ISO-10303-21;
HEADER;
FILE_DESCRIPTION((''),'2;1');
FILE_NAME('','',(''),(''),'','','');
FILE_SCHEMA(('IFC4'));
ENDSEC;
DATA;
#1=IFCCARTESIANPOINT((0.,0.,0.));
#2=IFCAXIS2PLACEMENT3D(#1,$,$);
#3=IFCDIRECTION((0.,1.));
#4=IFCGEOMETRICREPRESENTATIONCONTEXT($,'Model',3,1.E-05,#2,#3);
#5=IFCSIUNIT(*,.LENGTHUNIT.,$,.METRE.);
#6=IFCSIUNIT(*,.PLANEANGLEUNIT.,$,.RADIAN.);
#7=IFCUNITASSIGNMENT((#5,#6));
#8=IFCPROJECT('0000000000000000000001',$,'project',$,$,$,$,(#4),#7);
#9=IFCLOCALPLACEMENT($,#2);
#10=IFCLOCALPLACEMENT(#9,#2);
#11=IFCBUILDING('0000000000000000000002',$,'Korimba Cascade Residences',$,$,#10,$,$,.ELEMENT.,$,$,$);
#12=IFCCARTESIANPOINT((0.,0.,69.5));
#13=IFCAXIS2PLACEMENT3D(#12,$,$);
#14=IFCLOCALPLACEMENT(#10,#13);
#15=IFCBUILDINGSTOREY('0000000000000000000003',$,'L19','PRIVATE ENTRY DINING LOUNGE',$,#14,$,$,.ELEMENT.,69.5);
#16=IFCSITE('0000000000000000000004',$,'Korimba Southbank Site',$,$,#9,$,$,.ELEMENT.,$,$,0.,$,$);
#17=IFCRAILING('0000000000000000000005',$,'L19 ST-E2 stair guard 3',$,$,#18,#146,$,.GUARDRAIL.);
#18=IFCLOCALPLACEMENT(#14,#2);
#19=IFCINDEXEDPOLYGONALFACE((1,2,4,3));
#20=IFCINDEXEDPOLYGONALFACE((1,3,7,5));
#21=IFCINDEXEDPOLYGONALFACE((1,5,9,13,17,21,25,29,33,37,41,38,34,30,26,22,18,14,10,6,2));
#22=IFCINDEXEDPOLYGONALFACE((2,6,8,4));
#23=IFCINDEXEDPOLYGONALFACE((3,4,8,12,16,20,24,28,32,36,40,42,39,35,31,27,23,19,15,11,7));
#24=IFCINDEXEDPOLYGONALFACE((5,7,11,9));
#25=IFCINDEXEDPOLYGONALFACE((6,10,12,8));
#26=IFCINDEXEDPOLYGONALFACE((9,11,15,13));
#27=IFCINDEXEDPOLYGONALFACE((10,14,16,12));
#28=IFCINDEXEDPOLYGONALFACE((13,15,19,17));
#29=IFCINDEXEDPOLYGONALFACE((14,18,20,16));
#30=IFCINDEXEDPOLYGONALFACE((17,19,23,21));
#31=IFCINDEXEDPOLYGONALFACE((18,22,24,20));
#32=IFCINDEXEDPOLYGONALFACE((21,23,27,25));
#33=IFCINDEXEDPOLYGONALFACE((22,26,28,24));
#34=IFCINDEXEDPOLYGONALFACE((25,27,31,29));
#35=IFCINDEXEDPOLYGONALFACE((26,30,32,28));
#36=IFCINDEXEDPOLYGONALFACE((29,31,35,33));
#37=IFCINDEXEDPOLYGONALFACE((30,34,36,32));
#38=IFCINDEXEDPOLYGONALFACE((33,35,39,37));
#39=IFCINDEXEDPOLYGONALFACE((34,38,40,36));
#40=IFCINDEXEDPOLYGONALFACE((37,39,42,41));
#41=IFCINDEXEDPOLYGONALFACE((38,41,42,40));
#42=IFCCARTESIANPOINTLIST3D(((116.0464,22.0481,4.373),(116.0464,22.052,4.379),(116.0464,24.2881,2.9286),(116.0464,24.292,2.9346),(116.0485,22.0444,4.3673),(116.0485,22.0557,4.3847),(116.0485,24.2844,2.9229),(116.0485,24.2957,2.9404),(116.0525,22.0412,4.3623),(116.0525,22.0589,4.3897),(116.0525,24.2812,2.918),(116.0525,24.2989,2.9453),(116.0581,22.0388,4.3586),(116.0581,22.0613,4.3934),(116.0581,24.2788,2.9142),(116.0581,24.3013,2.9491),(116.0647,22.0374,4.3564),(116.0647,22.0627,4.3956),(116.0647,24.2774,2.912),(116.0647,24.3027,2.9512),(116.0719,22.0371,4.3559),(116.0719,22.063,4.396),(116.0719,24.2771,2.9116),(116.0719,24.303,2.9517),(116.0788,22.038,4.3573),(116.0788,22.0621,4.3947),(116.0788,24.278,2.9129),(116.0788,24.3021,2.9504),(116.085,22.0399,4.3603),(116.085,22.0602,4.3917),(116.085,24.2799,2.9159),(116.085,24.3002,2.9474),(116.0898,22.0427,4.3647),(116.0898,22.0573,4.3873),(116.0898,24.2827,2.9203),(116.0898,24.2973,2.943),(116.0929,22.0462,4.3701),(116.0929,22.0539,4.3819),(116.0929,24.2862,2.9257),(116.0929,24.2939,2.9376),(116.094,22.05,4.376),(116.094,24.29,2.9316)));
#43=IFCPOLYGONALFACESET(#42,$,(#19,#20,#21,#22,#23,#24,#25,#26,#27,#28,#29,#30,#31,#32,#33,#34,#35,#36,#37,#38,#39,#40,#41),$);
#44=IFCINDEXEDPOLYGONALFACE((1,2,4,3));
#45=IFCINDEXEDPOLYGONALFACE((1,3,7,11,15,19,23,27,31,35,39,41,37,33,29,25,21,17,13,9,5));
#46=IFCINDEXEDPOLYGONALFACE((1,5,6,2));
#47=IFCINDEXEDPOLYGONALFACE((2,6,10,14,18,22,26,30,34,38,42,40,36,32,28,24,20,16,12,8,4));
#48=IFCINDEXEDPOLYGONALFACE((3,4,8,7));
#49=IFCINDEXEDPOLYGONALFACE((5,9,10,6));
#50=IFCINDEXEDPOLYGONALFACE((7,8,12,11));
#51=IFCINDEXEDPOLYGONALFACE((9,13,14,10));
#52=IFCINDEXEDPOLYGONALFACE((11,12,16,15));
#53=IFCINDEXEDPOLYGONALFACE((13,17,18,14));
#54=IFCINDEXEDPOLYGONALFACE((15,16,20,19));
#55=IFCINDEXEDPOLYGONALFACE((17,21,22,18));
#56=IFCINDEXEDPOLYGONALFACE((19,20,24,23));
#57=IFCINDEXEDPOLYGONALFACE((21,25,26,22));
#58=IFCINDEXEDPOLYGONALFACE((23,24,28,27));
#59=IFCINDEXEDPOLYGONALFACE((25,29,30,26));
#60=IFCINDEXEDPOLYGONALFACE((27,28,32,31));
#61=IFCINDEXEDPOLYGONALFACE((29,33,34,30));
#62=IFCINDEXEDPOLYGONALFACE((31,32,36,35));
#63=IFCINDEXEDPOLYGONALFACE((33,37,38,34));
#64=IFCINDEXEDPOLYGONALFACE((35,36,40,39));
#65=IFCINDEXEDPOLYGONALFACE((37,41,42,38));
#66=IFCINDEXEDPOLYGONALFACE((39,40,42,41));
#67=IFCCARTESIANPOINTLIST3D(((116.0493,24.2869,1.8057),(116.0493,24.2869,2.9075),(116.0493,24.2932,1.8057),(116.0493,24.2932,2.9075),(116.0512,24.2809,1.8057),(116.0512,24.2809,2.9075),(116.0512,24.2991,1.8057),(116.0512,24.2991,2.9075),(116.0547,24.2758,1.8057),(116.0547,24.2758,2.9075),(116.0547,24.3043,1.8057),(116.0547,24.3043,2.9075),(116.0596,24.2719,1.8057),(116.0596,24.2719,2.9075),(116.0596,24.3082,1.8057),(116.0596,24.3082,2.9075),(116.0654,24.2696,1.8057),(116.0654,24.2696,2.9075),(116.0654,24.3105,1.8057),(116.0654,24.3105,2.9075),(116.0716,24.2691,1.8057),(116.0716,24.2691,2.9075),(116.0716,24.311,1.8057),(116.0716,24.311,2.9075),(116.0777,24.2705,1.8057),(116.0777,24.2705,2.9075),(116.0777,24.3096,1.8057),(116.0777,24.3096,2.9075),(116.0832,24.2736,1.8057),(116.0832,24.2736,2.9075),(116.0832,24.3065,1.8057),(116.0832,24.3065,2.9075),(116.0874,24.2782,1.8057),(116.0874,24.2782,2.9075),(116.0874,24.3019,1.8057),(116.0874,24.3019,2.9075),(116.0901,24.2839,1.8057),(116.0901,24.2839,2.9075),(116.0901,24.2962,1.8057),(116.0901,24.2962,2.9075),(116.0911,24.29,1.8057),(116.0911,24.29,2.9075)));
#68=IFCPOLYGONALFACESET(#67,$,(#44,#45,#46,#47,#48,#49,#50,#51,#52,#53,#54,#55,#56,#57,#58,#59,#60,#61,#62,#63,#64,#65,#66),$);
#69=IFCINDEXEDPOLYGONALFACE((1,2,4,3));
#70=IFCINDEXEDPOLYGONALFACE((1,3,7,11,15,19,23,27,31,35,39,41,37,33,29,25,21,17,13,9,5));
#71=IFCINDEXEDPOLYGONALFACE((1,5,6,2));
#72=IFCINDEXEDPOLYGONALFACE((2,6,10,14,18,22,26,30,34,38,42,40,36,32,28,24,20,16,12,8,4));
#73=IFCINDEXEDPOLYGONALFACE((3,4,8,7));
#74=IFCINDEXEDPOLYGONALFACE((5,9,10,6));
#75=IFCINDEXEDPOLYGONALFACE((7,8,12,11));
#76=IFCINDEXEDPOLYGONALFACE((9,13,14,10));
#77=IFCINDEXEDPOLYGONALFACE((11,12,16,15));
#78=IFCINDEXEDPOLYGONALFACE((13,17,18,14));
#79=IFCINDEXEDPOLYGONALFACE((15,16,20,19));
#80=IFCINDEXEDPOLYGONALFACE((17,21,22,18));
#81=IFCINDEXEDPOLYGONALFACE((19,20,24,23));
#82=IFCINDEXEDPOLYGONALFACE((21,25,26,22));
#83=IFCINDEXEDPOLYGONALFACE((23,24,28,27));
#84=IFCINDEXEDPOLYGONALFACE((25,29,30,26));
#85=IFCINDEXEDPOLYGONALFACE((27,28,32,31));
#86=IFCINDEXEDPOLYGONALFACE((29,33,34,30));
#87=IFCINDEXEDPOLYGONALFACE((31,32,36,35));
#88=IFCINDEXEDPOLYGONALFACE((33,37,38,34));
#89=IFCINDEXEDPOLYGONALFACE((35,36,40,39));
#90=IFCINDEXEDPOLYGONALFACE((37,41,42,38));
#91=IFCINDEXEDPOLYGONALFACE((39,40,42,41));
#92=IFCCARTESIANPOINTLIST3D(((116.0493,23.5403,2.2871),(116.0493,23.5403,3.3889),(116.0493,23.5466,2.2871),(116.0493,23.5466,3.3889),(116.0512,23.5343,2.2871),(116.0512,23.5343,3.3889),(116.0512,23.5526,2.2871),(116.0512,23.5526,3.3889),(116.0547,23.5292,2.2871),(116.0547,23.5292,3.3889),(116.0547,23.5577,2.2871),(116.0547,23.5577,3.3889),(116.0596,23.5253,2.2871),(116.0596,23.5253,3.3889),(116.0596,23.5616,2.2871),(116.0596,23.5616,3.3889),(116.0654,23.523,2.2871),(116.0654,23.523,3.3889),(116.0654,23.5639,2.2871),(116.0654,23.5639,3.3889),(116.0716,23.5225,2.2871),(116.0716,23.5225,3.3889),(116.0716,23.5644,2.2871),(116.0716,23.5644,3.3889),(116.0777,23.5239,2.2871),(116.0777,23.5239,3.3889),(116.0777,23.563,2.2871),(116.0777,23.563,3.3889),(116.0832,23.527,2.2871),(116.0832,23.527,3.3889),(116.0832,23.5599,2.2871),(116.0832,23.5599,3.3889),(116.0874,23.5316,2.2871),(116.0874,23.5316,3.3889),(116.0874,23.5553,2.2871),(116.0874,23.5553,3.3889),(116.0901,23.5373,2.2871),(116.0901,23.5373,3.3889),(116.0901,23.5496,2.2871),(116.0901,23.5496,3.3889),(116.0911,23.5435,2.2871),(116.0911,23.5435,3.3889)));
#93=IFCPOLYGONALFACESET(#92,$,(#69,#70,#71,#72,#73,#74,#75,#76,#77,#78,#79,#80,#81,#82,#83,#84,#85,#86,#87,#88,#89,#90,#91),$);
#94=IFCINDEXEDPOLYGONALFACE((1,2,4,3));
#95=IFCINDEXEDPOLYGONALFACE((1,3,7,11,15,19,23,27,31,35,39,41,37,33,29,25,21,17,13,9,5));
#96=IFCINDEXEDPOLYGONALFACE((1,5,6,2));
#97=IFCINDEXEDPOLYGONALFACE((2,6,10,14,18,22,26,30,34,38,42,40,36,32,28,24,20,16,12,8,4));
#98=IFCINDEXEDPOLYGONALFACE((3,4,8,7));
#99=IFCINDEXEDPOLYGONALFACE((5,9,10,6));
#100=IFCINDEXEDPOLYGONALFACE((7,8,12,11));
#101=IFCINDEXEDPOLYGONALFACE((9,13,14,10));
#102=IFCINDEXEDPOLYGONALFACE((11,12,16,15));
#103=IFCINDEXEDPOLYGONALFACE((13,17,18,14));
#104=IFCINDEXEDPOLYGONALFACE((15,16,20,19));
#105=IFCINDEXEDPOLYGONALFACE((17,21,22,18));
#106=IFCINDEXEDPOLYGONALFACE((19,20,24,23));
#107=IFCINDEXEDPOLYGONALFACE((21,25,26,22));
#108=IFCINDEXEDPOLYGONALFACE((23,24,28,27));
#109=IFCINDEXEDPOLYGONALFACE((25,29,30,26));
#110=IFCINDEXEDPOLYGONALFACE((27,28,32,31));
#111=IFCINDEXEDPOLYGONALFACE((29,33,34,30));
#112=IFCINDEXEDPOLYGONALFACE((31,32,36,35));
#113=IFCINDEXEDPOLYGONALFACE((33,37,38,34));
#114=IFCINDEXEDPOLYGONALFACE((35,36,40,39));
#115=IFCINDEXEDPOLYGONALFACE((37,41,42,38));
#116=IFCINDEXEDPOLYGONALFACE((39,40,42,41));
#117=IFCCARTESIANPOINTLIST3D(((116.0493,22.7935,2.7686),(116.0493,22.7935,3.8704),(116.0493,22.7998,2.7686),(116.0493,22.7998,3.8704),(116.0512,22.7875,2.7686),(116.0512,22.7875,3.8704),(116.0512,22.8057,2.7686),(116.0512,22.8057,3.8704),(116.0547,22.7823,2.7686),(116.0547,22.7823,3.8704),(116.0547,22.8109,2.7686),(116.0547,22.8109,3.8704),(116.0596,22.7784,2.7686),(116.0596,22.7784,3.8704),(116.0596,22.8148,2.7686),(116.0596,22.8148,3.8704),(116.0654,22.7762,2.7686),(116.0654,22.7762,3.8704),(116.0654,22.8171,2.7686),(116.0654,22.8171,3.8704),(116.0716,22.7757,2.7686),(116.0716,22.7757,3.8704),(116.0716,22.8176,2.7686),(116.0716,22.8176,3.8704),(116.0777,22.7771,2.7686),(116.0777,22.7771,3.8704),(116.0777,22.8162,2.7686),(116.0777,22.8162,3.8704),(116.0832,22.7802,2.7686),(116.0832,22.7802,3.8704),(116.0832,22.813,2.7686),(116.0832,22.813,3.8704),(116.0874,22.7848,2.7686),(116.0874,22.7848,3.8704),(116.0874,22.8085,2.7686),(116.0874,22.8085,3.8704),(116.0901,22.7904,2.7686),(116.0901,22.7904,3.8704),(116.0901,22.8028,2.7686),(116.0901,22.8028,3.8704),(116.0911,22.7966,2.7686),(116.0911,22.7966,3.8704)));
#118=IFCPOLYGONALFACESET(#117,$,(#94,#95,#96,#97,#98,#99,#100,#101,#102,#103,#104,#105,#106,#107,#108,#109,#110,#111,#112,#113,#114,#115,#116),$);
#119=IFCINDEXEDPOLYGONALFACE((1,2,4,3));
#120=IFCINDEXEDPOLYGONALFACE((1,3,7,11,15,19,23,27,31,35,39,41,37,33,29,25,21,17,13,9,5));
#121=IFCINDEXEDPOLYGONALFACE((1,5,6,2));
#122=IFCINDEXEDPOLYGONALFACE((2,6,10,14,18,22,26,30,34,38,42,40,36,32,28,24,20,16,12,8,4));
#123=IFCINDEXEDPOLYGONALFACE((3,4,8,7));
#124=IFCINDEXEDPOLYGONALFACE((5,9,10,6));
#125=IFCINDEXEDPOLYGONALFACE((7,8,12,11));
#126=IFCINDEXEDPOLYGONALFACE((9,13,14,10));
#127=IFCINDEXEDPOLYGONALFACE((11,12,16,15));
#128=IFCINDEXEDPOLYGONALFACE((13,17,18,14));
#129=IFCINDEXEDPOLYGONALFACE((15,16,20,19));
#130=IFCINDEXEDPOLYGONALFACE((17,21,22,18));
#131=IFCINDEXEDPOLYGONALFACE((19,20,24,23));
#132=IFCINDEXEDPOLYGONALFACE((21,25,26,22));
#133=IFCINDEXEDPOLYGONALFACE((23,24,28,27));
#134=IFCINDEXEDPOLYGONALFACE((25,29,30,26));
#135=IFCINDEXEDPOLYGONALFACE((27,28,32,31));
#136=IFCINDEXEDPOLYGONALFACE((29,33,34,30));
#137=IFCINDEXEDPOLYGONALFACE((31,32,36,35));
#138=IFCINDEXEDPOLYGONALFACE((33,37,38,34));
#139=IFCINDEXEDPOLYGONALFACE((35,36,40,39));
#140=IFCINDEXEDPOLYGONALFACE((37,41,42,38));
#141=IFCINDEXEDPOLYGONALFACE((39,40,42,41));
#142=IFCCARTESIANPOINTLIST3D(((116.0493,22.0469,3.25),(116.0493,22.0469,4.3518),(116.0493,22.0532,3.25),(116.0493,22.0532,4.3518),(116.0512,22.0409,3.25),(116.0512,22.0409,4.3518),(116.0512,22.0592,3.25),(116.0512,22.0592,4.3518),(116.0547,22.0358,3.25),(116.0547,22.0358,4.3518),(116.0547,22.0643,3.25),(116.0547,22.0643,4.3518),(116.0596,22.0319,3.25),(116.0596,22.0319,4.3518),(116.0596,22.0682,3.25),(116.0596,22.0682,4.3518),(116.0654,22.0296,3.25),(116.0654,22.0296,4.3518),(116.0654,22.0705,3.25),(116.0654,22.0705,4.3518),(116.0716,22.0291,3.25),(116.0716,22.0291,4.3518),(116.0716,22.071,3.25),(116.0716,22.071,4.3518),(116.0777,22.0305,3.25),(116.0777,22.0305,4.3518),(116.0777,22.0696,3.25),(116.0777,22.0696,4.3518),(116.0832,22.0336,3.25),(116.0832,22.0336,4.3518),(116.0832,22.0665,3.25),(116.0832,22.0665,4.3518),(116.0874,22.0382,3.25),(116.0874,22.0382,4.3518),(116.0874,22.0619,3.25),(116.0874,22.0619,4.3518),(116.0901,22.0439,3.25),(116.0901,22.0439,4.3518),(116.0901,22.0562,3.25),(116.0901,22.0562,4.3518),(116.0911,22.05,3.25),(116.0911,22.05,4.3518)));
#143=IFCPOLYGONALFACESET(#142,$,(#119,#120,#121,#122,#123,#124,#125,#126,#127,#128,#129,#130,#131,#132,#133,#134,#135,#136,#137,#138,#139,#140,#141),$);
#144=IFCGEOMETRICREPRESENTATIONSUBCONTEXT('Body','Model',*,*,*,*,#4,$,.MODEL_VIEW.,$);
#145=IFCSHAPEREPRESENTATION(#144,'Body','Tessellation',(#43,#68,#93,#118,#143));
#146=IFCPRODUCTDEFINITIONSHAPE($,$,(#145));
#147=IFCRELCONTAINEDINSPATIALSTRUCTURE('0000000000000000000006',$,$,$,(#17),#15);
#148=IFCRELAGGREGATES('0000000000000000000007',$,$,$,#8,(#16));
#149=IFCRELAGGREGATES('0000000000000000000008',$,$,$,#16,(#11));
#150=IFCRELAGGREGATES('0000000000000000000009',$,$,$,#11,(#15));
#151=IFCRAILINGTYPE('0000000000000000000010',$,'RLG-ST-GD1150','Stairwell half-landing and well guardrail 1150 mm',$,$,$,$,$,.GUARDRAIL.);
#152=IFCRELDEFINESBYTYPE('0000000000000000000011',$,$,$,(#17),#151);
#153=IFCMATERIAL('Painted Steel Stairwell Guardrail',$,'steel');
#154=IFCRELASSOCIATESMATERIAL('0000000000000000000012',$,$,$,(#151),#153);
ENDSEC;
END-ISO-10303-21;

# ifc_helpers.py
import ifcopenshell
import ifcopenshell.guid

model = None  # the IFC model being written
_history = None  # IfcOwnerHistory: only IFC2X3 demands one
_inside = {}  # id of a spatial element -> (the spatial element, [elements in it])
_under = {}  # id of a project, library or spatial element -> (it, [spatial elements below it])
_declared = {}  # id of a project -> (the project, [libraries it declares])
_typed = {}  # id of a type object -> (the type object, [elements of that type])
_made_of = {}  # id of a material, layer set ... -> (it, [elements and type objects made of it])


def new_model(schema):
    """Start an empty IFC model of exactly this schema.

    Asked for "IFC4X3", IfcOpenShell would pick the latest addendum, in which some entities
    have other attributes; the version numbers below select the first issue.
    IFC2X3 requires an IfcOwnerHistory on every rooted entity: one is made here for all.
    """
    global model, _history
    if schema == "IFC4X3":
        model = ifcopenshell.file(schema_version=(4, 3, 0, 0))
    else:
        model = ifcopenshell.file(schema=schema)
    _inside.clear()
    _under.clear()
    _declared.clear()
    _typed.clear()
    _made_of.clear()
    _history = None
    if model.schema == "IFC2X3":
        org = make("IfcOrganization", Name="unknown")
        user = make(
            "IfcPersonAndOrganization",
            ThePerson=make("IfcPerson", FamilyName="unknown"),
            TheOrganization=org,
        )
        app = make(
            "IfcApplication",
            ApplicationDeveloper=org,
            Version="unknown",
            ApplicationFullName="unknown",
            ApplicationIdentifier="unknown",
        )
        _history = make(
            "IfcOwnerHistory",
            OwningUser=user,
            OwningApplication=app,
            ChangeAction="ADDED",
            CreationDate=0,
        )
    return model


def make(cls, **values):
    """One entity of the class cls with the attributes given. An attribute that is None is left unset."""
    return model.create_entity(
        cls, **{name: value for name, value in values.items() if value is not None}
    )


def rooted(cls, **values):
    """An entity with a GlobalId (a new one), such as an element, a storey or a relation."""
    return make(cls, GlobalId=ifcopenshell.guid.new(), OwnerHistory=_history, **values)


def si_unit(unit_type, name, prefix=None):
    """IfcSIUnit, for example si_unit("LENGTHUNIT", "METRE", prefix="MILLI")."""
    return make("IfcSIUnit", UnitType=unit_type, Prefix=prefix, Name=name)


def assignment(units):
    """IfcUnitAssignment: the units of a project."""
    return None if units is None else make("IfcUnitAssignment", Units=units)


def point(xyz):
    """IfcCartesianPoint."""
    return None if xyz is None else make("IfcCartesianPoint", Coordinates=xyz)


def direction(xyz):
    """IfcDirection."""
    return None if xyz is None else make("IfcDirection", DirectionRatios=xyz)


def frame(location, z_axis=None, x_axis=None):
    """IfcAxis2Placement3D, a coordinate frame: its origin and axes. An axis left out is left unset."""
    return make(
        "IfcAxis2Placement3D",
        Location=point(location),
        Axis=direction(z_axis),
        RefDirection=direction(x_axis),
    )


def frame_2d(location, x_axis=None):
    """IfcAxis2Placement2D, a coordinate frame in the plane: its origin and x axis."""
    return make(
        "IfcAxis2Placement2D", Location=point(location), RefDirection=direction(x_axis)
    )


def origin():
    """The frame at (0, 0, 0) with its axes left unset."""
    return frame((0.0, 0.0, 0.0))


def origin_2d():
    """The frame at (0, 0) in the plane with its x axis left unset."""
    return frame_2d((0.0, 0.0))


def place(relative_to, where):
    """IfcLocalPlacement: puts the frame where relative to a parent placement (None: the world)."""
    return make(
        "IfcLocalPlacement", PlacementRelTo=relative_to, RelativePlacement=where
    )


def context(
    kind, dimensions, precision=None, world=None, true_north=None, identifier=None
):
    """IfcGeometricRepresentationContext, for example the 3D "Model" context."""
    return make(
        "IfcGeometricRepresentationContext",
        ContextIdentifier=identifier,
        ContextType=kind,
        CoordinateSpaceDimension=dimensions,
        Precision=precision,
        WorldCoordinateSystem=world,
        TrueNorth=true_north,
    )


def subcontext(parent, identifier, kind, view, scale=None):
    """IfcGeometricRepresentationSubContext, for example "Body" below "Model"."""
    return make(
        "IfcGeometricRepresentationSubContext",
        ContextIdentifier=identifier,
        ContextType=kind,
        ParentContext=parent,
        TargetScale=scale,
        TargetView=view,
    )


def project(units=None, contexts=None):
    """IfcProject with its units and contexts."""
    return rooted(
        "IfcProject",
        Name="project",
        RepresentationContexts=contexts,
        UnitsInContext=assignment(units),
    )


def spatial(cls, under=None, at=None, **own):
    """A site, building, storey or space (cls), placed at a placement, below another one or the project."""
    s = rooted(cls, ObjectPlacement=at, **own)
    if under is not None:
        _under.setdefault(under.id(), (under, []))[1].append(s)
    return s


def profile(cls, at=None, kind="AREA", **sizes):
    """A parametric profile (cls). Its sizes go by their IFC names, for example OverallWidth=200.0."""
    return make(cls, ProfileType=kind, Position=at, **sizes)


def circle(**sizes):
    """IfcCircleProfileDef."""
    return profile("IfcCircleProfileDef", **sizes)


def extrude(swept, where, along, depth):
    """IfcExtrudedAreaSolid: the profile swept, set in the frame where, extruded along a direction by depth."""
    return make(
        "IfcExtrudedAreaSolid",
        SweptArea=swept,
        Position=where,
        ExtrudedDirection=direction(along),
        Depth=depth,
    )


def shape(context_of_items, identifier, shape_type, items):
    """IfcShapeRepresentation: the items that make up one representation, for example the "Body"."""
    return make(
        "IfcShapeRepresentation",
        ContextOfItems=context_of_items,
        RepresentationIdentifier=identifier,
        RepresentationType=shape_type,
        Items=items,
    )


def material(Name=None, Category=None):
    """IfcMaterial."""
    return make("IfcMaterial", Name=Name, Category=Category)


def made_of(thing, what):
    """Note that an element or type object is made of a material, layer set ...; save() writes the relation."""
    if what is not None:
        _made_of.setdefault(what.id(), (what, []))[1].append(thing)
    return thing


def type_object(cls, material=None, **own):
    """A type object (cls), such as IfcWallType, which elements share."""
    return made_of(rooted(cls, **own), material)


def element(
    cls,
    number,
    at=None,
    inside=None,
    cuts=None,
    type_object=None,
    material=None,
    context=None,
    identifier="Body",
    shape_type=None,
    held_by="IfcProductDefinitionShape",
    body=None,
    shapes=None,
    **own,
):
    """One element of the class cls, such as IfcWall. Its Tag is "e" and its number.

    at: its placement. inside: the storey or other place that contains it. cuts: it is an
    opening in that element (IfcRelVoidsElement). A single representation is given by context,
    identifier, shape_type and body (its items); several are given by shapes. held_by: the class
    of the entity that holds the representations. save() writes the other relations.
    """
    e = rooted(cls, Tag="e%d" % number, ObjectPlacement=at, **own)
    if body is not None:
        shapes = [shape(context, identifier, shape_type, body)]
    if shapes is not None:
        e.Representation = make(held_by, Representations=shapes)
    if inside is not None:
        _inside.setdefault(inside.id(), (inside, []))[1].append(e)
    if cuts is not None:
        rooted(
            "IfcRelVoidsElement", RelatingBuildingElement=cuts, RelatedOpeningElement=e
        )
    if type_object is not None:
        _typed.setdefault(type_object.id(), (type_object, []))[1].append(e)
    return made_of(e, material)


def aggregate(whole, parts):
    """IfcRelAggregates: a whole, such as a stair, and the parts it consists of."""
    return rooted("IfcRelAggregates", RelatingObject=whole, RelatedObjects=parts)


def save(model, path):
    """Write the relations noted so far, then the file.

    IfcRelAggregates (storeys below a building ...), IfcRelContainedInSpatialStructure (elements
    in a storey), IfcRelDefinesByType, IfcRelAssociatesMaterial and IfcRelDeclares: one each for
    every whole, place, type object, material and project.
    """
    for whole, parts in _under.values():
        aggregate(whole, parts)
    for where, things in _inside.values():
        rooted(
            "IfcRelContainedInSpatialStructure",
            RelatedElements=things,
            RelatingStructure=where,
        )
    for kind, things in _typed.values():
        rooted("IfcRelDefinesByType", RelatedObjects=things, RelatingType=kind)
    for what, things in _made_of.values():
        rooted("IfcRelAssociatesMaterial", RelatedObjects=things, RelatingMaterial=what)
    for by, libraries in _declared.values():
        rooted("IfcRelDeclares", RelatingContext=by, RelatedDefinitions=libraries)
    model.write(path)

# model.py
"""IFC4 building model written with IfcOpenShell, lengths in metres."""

from ifc_helpers import new_model, si_unit, direction, frame, origin, origin_2d, place, context, subcontext, project, spatial, circle, extrude, material, type_object, element, save


model = new_model("IFC4")

# Units and contexts
model_context = context("Model", 3, precision=1e-05, world=origin(), true_north=direction((0.0, 1.0)))
body_context = subcontext(model_context, "Body", "Model", "MODEL_VIEW")
ifc_project = project(units=[si_unit("LENGTHUNIT", "METRE"), si_unit("PLANEANGLEUNIT", "RADIAN")], contexts=[model_context])

# Site, building, storey
site_placement = place(None, origin())
site = spatial("IfcSite", under=ifc_project, at=site_placement, Name="Korimba Southbank Site", CompositionType="ELEMENT", RefElevation=0.0)
building_placement = place(site_placement, origin())
building = spatial("IfcBuilding", under=site, at=building_placement, Name="Korimba Cascade Residences", CompositionType="ELEMENT")
storey_placement = place(building_placement, frame((0.0, 0.0, 69.5)))
storey = spatial("IfcBuildingStorey", under=building, at=storey_placement, Name="L19", Description="PRIVATE ENTRY DINING LOUNGE", CompositionType="ELEMENT", Elevation=69.5)

# Railing
ifc_material_1 = material(Name="Painted Steel Stairwell Guardrail", Category="steel")
railing_type_1 = type_object("IfcRailingType", Name="RLG-ST-GD1150", Description="Stairwell half-landing and well guardrail 1150 mm", PredefinedType="GUARDRAIL", material=ifc_material_1)
railing_1_placement = place(storey_placement, frame((116.0701, 24.29, 1.8057)))
element("IfcRailing", 1, at=railing_1_placement, inside=storey, type_object=railing_type_1, Name="L19 ST-E2 stair guard 3", PredefinedType="GUARDRAIL", context=body_context, shape_type="SweptSolid", body=[
    extrude(circle(Radius=0.0239, at=origin_2d()), frame((0.0, 0.0, 1.126), z_axis=(0.0, -0.840437, 0.54191), x_axis=(1.0, 0.0, 0.0)), (0.0, 0.0, 1.0), 2.6653),
    extrude(circle(Radius=0.021, at=origin_2d()), origin(), (0.0, 0.0, 1.0), 1.1018),
    extrude(circle(Radius=0.021, at=origin_2d()), frame((0.0, -0.7466, 0.4814)), (0.0, 0.0, 1.0), 1.1018),
    extrude(circle(Radius=0.021, at=origin_2d()), frame((0.0, -1.4934, 0.9629)), (0.0, 0.0, 1.0), 1.1018),
    extrude(circle(Radius=0.021, at=origin_2d()), frame((0.0, -2.24, 1.4443)), (0.0, 0.0, 1.0), 1.1018),
])

save(model, "model.ifc")
